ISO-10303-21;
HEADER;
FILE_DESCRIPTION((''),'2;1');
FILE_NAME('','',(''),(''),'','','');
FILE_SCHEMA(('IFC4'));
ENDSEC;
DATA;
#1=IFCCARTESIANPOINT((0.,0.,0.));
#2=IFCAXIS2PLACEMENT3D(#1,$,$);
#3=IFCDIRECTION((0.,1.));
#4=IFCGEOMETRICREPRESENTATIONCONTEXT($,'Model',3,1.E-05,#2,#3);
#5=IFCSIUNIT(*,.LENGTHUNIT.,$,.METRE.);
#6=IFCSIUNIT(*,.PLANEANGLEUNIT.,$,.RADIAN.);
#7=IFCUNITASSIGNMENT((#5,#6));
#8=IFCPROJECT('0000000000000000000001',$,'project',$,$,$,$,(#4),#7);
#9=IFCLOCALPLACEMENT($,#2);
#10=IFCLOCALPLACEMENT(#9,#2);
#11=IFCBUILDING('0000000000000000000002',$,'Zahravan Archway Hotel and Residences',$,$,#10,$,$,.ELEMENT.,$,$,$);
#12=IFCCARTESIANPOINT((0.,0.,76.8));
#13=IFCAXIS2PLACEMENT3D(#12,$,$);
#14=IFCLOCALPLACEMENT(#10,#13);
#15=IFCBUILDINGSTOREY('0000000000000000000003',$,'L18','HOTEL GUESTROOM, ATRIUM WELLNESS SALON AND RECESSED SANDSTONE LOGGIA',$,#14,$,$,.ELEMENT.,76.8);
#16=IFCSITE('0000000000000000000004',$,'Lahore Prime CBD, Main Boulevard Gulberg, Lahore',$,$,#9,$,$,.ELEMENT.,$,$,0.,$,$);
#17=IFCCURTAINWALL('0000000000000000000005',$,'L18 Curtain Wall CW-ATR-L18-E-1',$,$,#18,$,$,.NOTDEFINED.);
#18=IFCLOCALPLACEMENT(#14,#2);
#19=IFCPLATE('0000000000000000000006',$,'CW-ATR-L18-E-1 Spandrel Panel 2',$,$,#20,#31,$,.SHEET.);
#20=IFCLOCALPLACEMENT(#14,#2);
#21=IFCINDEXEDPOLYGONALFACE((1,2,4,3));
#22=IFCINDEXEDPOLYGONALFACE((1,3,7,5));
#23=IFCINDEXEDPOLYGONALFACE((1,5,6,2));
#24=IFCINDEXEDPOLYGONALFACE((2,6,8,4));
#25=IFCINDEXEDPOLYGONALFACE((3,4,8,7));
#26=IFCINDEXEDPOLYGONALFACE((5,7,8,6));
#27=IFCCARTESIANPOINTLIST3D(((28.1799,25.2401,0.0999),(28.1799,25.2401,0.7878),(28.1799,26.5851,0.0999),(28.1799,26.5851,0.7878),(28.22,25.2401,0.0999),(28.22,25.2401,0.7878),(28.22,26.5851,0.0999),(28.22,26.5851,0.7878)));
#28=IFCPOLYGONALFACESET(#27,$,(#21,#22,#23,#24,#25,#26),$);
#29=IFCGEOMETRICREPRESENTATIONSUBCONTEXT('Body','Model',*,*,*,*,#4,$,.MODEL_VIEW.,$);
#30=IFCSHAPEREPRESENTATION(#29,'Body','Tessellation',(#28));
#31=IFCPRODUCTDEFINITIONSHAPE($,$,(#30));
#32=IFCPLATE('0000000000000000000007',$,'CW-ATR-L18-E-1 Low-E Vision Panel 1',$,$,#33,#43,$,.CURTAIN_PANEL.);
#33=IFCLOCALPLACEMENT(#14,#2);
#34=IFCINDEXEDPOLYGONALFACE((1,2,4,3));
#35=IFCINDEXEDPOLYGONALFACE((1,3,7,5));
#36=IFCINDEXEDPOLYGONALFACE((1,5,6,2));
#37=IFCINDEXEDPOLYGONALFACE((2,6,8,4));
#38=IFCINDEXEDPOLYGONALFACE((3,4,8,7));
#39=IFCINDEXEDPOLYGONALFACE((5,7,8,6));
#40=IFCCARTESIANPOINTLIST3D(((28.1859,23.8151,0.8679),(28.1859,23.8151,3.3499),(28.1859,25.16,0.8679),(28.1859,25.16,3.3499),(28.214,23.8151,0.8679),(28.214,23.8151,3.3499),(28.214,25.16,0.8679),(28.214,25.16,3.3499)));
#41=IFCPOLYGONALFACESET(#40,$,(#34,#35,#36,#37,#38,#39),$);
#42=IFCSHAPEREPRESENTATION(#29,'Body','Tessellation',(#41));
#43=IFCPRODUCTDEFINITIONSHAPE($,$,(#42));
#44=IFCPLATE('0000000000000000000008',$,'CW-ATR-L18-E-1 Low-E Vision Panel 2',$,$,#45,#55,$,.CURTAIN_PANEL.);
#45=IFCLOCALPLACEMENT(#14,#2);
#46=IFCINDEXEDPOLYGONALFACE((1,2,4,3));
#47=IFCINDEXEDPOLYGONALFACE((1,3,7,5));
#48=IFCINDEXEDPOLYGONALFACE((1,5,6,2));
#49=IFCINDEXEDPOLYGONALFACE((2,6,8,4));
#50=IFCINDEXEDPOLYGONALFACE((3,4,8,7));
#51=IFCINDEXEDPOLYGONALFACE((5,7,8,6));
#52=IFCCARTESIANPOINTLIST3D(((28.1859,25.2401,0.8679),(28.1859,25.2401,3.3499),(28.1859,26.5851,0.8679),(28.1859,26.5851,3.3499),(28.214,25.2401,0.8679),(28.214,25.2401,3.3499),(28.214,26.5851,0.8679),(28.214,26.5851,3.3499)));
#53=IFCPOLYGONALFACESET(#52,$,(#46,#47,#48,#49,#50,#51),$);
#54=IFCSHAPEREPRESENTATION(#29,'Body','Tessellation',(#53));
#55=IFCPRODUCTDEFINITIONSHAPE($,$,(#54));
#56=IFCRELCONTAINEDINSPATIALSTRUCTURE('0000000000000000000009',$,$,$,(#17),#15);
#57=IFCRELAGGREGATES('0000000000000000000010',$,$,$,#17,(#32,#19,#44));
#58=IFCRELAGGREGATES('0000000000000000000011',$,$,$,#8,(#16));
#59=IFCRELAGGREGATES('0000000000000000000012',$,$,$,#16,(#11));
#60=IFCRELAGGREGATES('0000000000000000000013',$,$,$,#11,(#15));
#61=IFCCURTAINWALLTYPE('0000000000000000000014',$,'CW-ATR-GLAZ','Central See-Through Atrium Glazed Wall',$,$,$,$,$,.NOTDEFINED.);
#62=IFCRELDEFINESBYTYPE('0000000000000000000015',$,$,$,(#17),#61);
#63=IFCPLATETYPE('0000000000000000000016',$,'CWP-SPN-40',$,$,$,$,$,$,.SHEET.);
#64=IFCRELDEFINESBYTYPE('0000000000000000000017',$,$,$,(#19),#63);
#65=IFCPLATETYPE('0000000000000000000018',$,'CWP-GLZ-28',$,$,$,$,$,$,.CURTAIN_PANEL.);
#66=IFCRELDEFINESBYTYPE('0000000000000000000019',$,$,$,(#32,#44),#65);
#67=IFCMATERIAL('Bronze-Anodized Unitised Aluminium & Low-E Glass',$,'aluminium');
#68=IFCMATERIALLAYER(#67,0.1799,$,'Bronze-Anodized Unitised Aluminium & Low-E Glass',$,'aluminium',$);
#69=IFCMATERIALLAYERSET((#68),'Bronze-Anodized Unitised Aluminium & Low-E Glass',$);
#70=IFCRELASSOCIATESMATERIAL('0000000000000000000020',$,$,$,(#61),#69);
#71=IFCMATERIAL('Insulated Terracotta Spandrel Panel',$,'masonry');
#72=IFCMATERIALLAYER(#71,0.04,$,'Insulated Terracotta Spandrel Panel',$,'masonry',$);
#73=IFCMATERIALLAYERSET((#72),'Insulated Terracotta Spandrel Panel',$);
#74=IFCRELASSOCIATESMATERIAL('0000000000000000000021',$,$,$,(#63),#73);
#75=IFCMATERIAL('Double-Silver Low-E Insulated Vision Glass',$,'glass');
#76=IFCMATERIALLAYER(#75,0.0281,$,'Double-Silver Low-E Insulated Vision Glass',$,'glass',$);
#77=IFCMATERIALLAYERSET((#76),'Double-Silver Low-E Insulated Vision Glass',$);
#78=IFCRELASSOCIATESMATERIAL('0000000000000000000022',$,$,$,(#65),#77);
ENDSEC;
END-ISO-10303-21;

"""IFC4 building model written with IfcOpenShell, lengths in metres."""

from ifc_helpers import new_model, si_unit, direction, frame, origin, origin_2d, place, context, subcontext, project, spatial, rectangle, extrude, source, transform, mapped, material, layer, layer_set, type_object, element, aggregate, save


model = new_model("IFC4")

# Units and contexts
model_context = context("Model", 3, precision=1e-05, world=origin(), true_north=direction((0.0, 1.0)))
body_context = subcontext(model_context, "Body", "Model", "MODEL_VIEW")
ifc_project = project(units=[si_unit("LENGTHUNIT", "METRE"), si_unit("PLANEANGLEUNIT", "RADIAN")], contexts=[model_context])

# Site, building, storey
site_placement = place(None, origin())
site = spatial("IfcSite", under=ifc_project, at=site_placement, Name="Lahore Prime CBD, Main Boulevard Gulberg, Lahore", CompositionType="ELEMENT", RefElevation=0.0)
building_placement = place(site_placement, origin())
building = spatial("IfcBuilding", under=site, at=building_placement, Name="Zahravan Archway Hotel and Residences", CompositionType="ELEMENT")
storey_placement = place(building_placement, frame((0.0, 0.0, 76.8)))
storey = spatial("IfcBuildingStorey", under=building, at=storey_placement, Name="L18", Description="HOTEL GUESTROOM, ATRIUM WELLNESS SALON AND RECESSED SANDSTONE LOGGIA", CompositionType="ELEMENT", Elevation=76.8)

# Shared definitions
ifc_material_1 = material(Name="Bronze-Anodized Unitised Aluminium & Low-E Glass", Category="aluminium")
ifc_layer_1 = layer(ifc_material_1, 0.1799, Name="Bronze-Anodized Unitised Aluminium & Low-E Glass", Category="aluminium")
ifc_layer_set_1 = layer_set([ifc_layer_1], Name="Bronze-Anodized Unitised Aluminium & Low-E Glass")
curtain_wall_type = type_object("IfcCurtainWallType", Name="CW-ATR-GLAZ", Description="Central See-Through Atrium Glazed Wall", PredefinedType="NOTDEFINED", material=ifc_layer_set_1)

# Curtain wall
curtain_wall_1_placement = place(storey_placement, origin())
curtain_wall_1 = element("IfcCurtainWall", 1, at=curtain_wall_1_placement, inside=storey, type_object=curtain_wall_type, Name="L18 Curtain Wall CW-ATR-L18-E-1", PredefinedType="NOTDEFINED")

# Plates
ifc_material_2 = material(Name="Insulated Terracotta Spandrel Panel", Category="masonry")
ifc_layer_2 = layer(ifc_material_2, 0.04, Name="Insulated Terracotta Spandrel Panel", Category="masonry")
ifc_layer_set_2 = layer_set([ifc_layer_2], Name="Insulated Terracotta Spandrel Panel")
plate_type_1 = type_object("IfcPlateType", Name="CWP-SPN-40", PredefinedType="SHEET", material=ifc_layer_set_2)
ifc_material_3 = material(Name="Double-Silver Low-E Insulated Vision Glass", Category="glass")
ifc_layer_3 = layer(ifc_material_3, 0.0281, Name="Double-Silver Low-E Insulated Vision Glass", Category="glass")
ifc_layer_set_3 = layer_set([ifc_layer_3], Name="Double-Silver Low-E Insulated Vision Glass")
plate_type_2 = type_object("IfcPlateType", Name="CWP-GLZ-28", PredefinedType="CURTAIN_PANEL", material=ifc_layer_set_3)
shared_shape_1 = source(origin(), body_context, "Body", "SweptSolid", [
    extrude(rectangle(XDim=1.345, YDim=0.04, at=origin_2d()), origin(), (0.0, 0.0, 1.0), 0.688),
])
plate_1_placement = place(storey_placement, frame((28.2, 25.9126, 0.0999), z_axis=(0.0, 0.0, 1.0), x_axis=(0.0, 1.0, 0.0)))
plate_1 = element("IfcPlate", 2, at=plate_1_placement, type_object=plate_type_1, Name="CW-ATR-L18-E-1 Spandrel Panel 2", PredefinedType="SHEET", context=body_context, shape_type="MappedRepresentation", body=[
    mapped(shared_shape_1, transform((0.0, 0.0, 0.0), scale=1.0)),
])
shared_shape_2 = source(origin(), body_context, "Body", "SweptSolid", [
    extrude(rectangle(XDim=1.345, YDim=0.0281, at=origin_2d()), origin(), (0.0, 0.0, 1.0), 2.4819),
])
plate_2_placement = place(storey_placement, frame((28.2, 24.4875, 0.8679), z_axis=(0.0, 0.0, 1.0), x_axis=(0.0, 1.0, 0.0)))
plate_2 = element("IfcPlate", 3, at=plate_2_placement, type_object=plate_type_2, Name="CW-ATR-L18-E-1 Low-E Vision Panel 1", PredefinedType="CURTAIN_PANEL", context=body_context, shape_type="MappedRepresentation", body=[
    mapped(shared_shape_2, transform((0.0, 0.0, 0.0), scale=1.0)),
])
plate_3_placement = place(storey_placement, frame((28.2, 25.9126, 0.8679), z_axis=(0.0, 0.0, 1.0), x_axis=(0.0, 1.0, 0.0)))
plate_3 = element("IfcPlate", 4, at=plate_3_placement, type_object=plate_type_2, Name="CW-ATR-L18-E-1 Low-E Vision Panel 2", PredefinedType="CURTAIN_PANEL", context=body_context, shape_type="MappedRepresentation", body=[
    mapped(shared_shape_2, transform((0.0, 0.0, 0.0), scale=1.0)),
])
aggregate(curtain_wall_1, [plate_2, plate_1, plate_3])

save(model, "model.ifc")
